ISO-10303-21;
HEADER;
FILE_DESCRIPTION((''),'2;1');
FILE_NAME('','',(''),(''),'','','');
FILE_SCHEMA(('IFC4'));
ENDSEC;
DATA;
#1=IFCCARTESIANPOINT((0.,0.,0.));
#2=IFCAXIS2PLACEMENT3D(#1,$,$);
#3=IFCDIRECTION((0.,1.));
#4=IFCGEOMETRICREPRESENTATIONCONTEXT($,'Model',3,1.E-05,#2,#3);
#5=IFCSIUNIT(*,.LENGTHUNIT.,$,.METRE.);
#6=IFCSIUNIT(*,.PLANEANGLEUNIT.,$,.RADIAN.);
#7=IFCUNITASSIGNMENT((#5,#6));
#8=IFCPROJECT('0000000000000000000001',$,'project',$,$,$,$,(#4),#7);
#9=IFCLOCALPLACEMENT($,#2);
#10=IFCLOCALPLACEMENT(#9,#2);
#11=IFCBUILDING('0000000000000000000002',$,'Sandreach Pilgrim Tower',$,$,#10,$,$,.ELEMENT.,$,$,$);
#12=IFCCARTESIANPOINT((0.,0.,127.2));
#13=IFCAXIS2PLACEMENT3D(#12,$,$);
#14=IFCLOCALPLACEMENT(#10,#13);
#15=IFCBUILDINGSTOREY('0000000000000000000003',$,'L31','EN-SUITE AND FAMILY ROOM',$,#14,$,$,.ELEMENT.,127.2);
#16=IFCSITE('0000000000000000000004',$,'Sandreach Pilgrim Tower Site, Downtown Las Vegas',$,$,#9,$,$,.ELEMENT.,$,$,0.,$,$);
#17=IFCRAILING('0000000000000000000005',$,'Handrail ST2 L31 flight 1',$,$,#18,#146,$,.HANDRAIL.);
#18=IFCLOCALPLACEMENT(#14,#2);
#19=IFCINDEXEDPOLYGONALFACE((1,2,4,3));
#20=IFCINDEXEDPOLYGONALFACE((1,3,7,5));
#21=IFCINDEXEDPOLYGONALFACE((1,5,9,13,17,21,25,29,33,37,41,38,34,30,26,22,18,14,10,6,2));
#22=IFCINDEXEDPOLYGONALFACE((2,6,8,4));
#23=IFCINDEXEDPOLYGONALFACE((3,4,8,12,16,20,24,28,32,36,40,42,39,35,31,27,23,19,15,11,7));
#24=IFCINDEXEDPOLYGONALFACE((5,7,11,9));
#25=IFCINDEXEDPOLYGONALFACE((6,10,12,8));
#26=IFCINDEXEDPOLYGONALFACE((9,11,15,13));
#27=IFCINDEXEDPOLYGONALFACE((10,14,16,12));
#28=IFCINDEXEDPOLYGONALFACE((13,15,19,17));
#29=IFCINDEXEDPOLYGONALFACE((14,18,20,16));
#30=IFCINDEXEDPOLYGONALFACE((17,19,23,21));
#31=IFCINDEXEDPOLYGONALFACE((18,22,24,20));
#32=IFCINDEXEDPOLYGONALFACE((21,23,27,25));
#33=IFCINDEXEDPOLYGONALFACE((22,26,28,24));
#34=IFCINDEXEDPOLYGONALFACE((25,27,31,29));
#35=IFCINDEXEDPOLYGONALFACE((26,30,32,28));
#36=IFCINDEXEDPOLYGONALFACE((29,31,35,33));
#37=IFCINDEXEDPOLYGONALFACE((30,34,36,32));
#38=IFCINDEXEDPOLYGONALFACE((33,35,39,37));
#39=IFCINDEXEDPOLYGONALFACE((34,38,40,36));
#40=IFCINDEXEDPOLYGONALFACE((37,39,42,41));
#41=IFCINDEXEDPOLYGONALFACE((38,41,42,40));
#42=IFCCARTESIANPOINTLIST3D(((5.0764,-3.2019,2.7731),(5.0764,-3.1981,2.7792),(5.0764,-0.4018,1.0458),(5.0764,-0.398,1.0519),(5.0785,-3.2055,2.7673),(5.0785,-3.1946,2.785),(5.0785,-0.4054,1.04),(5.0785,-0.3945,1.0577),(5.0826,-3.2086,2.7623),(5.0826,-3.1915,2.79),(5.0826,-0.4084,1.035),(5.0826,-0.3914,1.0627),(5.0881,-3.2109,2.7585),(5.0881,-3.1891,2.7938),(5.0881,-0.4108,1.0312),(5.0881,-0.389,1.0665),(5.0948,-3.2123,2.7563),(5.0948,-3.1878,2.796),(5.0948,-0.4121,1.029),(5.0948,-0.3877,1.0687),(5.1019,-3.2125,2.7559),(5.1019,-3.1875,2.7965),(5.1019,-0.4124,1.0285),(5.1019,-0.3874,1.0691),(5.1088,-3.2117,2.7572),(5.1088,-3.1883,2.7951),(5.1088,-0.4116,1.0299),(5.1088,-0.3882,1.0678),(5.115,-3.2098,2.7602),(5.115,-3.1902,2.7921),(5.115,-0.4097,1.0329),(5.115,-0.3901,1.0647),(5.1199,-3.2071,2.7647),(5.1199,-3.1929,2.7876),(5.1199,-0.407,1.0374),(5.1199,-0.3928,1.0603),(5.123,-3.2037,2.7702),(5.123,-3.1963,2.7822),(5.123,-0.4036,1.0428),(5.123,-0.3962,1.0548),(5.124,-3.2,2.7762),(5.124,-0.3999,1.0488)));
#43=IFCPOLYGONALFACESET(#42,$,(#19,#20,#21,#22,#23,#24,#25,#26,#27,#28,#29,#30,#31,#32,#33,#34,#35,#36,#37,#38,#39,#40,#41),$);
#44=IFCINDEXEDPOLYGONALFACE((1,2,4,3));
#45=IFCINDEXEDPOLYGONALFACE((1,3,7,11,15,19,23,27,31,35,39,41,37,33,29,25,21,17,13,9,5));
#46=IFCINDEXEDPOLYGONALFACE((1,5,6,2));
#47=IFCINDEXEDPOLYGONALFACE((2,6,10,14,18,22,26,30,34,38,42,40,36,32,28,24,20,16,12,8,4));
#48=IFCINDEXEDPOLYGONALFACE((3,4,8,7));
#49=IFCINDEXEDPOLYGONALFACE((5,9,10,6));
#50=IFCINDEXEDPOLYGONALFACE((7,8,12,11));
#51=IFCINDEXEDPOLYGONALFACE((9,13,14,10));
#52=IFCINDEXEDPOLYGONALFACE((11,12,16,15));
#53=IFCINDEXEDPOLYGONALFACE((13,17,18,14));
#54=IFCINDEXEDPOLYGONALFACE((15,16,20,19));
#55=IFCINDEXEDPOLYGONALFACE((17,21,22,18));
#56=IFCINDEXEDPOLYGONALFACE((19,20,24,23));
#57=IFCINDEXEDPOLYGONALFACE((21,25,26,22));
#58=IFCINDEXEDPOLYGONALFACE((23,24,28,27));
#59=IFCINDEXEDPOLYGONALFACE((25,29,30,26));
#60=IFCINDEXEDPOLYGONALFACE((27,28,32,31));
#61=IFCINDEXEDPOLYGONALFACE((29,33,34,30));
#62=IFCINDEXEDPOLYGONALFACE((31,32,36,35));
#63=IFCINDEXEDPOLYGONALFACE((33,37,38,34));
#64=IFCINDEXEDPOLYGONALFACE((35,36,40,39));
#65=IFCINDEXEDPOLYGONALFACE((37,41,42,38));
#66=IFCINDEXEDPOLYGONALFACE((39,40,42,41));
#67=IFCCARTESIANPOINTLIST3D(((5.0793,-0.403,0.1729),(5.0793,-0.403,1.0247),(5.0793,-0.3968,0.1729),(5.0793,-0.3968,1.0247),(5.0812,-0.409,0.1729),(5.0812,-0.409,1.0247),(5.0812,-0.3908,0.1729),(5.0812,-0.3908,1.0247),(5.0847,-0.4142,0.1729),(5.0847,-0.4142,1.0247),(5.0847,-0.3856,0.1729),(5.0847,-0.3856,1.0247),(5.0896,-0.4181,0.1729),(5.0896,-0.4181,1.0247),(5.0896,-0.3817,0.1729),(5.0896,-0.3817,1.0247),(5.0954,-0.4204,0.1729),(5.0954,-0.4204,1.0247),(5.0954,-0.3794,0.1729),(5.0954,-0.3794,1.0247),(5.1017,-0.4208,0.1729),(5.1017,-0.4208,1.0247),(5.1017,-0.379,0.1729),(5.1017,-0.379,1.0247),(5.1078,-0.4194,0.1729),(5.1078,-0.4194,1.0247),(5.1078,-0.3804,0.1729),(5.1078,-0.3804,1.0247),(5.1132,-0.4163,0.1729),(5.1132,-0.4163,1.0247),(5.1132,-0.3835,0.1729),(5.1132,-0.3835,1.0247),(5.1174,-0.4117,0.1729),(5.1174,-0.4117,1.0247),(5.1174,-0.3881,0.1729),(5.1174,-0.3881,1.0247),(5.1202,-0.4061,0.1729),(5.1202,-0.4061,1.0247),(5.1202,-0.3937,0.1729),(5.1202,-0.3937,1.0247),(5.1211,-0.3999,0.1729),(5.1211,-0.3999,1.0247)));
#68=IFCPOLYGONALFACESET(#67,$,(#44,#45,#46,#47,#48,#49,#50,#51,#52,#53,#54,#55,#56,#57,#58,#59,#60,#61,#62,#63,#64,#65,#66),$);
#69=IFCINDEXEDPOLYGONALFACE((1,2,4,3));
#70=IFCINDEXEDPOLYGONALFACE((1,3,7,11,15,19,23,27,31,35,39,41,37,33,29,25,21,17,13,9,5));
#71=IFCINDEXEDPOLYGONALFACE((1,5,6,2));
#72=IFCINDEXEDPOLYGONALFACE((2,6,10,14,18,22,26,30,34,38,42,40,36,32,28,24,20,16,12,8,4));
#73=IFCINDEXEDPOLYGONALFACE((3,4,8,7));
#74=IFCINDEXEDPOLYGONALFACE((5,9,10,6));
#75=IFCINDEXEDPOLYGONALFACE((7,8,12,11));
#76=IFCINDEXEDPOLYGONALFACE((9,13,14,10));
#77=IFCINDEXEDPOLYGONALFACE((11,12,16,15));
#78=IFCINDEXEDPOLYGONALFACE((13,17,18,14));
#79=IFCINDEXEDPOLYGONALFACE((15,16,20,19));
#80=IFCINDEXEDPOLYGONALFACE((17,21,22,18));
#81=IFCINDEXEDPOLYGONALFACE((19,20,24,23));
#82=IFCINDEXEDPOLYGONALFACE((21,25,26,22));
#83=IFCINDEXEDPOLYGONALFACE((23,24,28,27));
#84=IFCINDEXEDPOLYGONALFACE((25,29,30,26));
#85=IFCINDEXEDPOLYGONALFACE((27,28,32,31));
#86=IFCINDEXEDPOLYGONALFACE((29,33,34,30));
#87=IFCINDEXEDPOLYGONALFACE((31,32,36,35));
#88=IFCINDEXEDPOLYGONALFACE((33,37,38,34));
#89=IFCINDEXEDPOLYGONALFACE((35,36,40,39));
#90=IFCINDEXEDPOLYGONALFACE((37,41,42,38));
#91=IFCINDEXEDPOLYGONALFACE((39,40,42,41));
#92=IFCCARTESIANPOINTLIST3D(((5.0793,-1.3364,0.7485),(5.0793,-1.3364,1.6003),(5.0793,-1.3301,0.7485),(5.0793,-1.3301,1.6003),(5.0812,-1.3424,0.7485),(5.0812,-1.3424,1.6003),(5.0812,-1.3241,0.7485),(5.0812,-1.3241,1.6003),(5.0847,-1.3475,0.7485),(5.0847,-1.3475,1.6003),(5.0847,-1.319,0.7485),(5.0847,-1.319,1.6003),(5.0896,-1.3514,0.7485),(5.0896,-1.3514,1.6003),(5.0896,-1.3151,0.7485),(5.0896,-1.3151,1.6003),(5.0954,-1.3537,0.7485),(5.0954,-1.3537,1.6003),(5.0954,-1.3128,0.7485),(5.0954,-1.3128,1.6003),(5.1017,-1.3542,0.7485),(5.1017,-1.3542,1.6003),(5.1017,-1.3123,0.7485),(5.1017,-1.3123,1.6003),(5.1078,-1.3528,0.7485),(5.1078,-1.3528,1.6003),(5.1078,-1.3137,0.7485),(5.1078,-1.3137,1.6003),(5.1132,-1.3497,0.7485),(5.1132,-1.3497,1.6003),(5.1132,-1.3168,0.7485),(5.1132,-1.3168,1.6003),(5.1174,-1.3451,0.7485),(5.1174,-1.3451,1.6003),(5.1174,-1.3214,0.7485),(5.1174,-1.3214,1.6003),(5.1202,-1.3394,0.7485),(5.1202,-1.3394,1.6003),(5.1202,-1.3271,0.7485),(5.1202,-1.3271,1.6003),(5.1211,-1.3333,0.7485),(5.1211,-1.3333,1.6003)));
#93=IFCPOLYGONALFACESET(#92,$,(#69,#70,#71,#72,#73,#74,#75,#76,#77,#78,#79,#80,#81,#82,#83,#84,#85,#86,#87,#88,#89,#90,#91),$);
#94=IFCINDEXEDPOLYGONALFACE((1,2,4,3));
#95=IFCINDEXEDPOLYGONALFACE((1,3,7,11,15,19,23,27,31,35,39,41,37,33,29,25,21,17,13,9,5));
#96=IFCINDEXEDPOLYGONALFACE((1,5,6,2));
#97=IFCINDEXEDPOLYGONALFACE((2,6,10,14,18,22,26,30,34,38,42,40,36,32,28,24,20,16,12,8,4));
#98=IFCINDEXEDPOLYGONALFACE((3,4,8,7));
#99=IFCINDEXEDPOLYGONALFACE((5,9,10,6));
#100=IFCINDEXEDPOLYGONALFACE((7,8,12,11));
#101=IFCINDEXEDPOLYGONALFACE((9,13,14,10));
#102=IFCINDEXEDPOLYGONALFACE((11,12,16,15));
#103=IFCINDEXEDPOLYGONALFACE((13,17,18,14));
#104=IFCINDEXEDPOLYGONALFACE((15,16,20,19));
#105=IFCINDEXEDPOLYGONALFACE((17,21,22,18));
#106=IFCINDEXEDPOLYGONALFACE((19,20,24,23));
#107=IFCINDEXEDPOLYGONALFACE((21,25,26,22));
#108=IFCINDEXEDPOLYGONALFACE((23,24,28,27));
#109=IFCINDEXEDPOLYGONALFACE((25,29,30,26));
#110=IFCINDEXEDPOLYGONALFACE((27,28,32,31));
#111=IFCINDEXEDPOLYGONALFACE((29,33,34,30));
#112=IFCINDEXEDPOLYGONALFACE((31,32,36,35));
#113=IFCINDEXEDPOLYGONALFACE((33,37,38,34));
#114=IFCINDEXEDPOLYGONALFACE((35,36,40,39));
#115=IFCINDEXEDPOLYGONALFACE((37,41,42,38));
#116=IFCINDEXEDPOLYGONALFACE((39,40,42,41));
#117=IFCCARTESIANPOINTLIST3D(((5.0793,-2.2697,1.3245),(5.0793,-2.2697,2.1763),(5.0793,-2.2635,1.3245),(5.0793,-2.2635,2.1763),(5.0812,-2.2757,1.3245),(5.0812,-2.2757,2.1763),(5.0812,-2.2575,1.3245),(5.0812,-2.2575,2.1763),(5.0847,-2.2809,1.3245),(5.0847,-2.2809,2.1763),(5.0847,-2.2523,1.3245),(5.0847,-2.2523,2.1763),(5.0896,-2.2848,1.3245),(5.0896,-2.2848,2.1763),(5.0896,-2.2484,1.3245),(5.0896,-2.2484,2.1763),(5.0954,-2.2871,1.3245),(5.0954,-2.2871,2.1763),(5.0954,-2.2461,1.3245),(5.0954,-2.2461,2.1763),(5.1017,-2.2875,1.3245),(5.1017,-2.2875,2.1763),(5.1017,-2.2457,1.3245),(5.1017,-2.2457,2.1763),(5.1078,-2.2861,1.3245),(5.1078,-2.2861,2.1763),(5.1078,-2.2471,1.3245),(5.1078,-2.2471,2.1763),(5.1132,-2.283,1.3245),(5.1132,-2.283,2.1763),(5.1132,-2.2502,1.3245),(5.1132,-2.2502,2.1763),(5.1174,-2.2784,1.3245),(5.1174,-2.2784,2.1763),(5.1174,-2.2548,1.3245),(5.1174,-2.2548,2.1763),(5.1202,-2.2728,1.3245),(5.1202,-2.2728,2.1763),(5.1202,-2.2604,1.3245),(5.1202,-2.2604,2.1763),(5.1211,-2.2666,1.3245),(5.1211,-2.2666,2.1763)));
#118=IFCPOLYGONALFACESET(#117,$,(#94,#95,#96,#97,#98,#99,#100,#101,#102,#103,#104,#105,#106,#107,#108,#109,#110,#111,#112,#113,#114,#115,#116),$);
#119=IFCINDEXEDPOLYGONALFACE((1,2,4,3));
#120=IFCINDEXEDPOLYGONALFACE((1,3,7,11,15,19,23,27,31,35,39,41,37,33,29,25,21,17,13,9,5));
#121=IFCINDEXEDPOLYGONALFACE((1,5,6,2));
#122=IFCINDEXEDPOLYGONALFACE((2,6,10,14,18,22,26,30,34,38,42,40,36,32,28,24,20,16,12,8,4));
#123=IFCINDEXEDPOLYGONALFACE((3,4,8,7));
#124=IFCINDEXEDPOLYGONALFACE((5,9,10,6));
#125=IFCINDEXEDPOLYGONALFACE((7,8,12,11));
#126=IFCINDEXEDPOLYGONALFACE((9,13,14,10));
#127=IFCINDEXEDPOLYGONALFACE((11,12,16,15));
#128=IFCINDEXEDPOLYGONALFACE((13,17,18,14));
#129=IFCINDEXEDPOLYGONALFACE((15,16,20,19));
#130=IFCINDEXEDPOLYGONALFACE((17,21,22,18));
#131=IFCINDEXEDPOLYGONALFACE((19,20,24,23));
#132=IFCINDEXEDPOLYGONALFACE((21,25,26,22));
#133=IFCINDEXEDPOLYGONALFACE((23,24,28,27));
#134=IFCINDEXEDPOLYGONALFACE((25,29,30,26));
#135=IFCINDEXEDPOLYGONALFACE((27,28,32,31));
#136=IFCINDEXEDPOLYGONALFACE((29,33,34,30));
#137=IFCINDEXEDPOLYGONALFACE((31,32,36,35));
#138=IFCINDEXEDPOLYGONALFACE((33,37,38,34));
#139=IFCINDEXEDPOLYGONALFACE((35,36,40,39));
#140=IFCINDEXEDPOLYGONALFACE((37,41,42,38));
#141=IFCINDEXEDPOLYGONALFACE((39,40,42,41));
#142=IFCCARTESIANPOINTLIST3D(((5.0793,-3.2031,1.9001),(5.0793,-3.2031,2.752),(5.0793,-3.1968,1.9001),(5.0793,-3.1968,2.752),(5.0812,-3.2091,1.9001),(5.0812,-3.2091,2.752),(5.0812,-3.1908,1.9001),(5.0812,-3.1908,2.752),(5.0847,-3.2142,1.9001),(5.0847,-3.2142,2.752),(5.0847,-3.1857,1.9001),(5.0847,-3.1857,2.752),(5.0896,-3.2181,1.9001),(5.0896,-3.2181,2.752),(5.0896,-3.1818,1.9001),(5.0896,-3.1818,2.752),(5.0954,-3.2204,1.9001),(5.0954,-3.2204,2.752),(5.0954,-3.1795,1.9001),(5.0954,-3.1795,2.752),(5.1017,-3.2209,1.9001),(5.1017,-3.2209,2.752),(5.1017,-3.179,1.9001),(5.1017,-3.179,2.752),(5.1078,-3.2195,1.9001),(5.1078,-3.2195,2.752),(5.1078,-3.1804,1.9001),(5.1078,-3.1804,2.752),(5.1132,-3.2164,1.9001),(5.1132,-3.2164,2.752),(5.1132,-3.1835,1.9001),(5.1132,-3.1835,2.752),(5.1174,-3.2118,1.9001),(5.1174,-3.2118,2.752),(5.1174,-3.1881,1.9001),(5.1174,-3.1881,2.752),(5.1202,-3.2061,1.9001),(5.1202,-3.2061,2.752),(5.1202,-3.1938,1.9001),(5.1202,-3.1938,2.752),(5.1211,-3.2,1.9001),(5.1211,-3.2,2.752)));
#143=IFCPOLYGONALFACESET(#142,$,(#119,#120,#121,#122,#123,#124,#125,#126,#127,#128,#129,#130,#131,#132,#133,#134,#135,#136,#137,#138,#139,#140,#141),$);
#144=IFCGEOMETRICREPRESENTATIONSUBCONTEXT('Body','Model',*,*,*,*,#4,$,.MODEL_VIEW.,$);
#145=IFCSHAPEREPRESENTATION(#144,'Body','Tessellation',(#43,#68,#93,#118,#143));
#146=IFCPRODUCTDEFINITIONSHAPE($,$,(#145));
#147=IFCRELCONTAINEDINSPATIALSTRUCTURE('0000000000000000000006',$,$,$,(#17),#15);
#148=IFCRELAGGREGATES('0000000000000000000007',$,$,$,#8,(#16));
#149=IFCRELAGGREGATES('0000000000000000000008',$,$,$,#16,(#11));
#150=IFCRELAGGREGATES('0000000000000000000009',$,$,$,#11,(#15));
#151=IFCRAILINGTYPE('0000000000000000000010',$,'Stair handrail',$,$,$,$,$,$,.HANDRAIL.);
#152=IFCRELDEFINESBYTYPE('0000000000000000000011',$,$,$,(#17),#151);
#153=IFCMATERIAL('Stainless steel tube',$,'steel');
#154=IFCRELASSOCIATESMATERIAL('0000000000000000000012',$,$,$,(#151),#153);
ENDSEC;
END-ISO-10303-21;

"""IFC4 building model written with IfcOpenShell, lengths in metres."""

from ifc_helpers import new_model, si_unit, direction, frame, origin, origin_2d, place, context, subcontext, project, spatial, circle, extrude, material, type_object, element, save


model = new_model("IFC4")

# Units and contexts
model_context = context("Model", 3, precision=1e-05, world=origin(), true_north=direction((0.0, 1.0)))
body_context = subcontext(model_context, "Body", "Model", "MODEL_VIEW")
ifc_project = project(units=[si_unit("LENGTHUNIT", "METRE"), si_unit("PLANEANGLEUNIT", "RADIAN")], contexts=[model_context])

# Site, building, storey
site_placement = place(None, origin())
site = spatial("IfcSite", under=ifc_project, at=site_placement, Name="Sandreach Pilgrim Tower Site, Downtown Las Vegas", CompositionType="ELEMENT", RefElevation=0.0)
building_placement = place(site_placement, origin())
building = spatial("IfcBuilding", under=site, at=building_placement, Name="Sandreach Pilgrim Tower", CompositionType="ELEMENT")
storey_placement = place(building_placement, frame((0.0, 0.0, 127.2)))
storey = spatial("IfcBuildingStorey", under=building, at=storey_placement, Name="L31", Description="EN-SUITE AND FAMILY ROOM", CompositionType="ELEMENT", Elevation=127.2)

# Railing
ifc_material_1 = material(Name="Stainless steel tube", Category="steel")
railing_type = type_object("IfcRailingType", Name="Stair handrail", PredefinedType="HANDRAIL", material=ifc_material_1)
for number, where, name in (
    (1, (5.1001, -0.3999, 0.1729), "Handrail ST2 L31 flight 1"),
):
    element("IfcRailing", number, at=place(storey_placement, frame(where)), inside=storey, type_object=railing_type, Name=name, PredefinedType="HANDRAIL", context=body_context, shape_type="SweptSolid", body=[
        extrude(circle(Radius=0.0239, at=origin_2d()), frame((0.0, 0.0, 0.876), z_axis=(0.0, -0.85109, 0.52502), x_axis=(1.0, 0.0, 0.0)), (0.0, 0.0, 1.0), 3.29),
        extrude(circle(Radius=0.021, at=origin_2d()), origin(), (0.0, 0.0, 1.0), 0.8518),
        extrude(circle(Radius=0.021, at=origin_2d()), frame((0.0, -0.9333, 0.5757)), (0.0, 0.0, 1.0), 0.8518),
        extrude(circle(Radius=0.021, at=origin_2d()), frame((0.0, -1.8667, 1.1516)), (0.0, 0.0, 1.0), 0.8518),
        extrude(circle(Radius=0.021, at=origin_2d()), frame((0.0, -2.8, 1.7273)), (0.0, 0.0, 1.0), 0.8518),
    ])

save(model, "model.ifc")
